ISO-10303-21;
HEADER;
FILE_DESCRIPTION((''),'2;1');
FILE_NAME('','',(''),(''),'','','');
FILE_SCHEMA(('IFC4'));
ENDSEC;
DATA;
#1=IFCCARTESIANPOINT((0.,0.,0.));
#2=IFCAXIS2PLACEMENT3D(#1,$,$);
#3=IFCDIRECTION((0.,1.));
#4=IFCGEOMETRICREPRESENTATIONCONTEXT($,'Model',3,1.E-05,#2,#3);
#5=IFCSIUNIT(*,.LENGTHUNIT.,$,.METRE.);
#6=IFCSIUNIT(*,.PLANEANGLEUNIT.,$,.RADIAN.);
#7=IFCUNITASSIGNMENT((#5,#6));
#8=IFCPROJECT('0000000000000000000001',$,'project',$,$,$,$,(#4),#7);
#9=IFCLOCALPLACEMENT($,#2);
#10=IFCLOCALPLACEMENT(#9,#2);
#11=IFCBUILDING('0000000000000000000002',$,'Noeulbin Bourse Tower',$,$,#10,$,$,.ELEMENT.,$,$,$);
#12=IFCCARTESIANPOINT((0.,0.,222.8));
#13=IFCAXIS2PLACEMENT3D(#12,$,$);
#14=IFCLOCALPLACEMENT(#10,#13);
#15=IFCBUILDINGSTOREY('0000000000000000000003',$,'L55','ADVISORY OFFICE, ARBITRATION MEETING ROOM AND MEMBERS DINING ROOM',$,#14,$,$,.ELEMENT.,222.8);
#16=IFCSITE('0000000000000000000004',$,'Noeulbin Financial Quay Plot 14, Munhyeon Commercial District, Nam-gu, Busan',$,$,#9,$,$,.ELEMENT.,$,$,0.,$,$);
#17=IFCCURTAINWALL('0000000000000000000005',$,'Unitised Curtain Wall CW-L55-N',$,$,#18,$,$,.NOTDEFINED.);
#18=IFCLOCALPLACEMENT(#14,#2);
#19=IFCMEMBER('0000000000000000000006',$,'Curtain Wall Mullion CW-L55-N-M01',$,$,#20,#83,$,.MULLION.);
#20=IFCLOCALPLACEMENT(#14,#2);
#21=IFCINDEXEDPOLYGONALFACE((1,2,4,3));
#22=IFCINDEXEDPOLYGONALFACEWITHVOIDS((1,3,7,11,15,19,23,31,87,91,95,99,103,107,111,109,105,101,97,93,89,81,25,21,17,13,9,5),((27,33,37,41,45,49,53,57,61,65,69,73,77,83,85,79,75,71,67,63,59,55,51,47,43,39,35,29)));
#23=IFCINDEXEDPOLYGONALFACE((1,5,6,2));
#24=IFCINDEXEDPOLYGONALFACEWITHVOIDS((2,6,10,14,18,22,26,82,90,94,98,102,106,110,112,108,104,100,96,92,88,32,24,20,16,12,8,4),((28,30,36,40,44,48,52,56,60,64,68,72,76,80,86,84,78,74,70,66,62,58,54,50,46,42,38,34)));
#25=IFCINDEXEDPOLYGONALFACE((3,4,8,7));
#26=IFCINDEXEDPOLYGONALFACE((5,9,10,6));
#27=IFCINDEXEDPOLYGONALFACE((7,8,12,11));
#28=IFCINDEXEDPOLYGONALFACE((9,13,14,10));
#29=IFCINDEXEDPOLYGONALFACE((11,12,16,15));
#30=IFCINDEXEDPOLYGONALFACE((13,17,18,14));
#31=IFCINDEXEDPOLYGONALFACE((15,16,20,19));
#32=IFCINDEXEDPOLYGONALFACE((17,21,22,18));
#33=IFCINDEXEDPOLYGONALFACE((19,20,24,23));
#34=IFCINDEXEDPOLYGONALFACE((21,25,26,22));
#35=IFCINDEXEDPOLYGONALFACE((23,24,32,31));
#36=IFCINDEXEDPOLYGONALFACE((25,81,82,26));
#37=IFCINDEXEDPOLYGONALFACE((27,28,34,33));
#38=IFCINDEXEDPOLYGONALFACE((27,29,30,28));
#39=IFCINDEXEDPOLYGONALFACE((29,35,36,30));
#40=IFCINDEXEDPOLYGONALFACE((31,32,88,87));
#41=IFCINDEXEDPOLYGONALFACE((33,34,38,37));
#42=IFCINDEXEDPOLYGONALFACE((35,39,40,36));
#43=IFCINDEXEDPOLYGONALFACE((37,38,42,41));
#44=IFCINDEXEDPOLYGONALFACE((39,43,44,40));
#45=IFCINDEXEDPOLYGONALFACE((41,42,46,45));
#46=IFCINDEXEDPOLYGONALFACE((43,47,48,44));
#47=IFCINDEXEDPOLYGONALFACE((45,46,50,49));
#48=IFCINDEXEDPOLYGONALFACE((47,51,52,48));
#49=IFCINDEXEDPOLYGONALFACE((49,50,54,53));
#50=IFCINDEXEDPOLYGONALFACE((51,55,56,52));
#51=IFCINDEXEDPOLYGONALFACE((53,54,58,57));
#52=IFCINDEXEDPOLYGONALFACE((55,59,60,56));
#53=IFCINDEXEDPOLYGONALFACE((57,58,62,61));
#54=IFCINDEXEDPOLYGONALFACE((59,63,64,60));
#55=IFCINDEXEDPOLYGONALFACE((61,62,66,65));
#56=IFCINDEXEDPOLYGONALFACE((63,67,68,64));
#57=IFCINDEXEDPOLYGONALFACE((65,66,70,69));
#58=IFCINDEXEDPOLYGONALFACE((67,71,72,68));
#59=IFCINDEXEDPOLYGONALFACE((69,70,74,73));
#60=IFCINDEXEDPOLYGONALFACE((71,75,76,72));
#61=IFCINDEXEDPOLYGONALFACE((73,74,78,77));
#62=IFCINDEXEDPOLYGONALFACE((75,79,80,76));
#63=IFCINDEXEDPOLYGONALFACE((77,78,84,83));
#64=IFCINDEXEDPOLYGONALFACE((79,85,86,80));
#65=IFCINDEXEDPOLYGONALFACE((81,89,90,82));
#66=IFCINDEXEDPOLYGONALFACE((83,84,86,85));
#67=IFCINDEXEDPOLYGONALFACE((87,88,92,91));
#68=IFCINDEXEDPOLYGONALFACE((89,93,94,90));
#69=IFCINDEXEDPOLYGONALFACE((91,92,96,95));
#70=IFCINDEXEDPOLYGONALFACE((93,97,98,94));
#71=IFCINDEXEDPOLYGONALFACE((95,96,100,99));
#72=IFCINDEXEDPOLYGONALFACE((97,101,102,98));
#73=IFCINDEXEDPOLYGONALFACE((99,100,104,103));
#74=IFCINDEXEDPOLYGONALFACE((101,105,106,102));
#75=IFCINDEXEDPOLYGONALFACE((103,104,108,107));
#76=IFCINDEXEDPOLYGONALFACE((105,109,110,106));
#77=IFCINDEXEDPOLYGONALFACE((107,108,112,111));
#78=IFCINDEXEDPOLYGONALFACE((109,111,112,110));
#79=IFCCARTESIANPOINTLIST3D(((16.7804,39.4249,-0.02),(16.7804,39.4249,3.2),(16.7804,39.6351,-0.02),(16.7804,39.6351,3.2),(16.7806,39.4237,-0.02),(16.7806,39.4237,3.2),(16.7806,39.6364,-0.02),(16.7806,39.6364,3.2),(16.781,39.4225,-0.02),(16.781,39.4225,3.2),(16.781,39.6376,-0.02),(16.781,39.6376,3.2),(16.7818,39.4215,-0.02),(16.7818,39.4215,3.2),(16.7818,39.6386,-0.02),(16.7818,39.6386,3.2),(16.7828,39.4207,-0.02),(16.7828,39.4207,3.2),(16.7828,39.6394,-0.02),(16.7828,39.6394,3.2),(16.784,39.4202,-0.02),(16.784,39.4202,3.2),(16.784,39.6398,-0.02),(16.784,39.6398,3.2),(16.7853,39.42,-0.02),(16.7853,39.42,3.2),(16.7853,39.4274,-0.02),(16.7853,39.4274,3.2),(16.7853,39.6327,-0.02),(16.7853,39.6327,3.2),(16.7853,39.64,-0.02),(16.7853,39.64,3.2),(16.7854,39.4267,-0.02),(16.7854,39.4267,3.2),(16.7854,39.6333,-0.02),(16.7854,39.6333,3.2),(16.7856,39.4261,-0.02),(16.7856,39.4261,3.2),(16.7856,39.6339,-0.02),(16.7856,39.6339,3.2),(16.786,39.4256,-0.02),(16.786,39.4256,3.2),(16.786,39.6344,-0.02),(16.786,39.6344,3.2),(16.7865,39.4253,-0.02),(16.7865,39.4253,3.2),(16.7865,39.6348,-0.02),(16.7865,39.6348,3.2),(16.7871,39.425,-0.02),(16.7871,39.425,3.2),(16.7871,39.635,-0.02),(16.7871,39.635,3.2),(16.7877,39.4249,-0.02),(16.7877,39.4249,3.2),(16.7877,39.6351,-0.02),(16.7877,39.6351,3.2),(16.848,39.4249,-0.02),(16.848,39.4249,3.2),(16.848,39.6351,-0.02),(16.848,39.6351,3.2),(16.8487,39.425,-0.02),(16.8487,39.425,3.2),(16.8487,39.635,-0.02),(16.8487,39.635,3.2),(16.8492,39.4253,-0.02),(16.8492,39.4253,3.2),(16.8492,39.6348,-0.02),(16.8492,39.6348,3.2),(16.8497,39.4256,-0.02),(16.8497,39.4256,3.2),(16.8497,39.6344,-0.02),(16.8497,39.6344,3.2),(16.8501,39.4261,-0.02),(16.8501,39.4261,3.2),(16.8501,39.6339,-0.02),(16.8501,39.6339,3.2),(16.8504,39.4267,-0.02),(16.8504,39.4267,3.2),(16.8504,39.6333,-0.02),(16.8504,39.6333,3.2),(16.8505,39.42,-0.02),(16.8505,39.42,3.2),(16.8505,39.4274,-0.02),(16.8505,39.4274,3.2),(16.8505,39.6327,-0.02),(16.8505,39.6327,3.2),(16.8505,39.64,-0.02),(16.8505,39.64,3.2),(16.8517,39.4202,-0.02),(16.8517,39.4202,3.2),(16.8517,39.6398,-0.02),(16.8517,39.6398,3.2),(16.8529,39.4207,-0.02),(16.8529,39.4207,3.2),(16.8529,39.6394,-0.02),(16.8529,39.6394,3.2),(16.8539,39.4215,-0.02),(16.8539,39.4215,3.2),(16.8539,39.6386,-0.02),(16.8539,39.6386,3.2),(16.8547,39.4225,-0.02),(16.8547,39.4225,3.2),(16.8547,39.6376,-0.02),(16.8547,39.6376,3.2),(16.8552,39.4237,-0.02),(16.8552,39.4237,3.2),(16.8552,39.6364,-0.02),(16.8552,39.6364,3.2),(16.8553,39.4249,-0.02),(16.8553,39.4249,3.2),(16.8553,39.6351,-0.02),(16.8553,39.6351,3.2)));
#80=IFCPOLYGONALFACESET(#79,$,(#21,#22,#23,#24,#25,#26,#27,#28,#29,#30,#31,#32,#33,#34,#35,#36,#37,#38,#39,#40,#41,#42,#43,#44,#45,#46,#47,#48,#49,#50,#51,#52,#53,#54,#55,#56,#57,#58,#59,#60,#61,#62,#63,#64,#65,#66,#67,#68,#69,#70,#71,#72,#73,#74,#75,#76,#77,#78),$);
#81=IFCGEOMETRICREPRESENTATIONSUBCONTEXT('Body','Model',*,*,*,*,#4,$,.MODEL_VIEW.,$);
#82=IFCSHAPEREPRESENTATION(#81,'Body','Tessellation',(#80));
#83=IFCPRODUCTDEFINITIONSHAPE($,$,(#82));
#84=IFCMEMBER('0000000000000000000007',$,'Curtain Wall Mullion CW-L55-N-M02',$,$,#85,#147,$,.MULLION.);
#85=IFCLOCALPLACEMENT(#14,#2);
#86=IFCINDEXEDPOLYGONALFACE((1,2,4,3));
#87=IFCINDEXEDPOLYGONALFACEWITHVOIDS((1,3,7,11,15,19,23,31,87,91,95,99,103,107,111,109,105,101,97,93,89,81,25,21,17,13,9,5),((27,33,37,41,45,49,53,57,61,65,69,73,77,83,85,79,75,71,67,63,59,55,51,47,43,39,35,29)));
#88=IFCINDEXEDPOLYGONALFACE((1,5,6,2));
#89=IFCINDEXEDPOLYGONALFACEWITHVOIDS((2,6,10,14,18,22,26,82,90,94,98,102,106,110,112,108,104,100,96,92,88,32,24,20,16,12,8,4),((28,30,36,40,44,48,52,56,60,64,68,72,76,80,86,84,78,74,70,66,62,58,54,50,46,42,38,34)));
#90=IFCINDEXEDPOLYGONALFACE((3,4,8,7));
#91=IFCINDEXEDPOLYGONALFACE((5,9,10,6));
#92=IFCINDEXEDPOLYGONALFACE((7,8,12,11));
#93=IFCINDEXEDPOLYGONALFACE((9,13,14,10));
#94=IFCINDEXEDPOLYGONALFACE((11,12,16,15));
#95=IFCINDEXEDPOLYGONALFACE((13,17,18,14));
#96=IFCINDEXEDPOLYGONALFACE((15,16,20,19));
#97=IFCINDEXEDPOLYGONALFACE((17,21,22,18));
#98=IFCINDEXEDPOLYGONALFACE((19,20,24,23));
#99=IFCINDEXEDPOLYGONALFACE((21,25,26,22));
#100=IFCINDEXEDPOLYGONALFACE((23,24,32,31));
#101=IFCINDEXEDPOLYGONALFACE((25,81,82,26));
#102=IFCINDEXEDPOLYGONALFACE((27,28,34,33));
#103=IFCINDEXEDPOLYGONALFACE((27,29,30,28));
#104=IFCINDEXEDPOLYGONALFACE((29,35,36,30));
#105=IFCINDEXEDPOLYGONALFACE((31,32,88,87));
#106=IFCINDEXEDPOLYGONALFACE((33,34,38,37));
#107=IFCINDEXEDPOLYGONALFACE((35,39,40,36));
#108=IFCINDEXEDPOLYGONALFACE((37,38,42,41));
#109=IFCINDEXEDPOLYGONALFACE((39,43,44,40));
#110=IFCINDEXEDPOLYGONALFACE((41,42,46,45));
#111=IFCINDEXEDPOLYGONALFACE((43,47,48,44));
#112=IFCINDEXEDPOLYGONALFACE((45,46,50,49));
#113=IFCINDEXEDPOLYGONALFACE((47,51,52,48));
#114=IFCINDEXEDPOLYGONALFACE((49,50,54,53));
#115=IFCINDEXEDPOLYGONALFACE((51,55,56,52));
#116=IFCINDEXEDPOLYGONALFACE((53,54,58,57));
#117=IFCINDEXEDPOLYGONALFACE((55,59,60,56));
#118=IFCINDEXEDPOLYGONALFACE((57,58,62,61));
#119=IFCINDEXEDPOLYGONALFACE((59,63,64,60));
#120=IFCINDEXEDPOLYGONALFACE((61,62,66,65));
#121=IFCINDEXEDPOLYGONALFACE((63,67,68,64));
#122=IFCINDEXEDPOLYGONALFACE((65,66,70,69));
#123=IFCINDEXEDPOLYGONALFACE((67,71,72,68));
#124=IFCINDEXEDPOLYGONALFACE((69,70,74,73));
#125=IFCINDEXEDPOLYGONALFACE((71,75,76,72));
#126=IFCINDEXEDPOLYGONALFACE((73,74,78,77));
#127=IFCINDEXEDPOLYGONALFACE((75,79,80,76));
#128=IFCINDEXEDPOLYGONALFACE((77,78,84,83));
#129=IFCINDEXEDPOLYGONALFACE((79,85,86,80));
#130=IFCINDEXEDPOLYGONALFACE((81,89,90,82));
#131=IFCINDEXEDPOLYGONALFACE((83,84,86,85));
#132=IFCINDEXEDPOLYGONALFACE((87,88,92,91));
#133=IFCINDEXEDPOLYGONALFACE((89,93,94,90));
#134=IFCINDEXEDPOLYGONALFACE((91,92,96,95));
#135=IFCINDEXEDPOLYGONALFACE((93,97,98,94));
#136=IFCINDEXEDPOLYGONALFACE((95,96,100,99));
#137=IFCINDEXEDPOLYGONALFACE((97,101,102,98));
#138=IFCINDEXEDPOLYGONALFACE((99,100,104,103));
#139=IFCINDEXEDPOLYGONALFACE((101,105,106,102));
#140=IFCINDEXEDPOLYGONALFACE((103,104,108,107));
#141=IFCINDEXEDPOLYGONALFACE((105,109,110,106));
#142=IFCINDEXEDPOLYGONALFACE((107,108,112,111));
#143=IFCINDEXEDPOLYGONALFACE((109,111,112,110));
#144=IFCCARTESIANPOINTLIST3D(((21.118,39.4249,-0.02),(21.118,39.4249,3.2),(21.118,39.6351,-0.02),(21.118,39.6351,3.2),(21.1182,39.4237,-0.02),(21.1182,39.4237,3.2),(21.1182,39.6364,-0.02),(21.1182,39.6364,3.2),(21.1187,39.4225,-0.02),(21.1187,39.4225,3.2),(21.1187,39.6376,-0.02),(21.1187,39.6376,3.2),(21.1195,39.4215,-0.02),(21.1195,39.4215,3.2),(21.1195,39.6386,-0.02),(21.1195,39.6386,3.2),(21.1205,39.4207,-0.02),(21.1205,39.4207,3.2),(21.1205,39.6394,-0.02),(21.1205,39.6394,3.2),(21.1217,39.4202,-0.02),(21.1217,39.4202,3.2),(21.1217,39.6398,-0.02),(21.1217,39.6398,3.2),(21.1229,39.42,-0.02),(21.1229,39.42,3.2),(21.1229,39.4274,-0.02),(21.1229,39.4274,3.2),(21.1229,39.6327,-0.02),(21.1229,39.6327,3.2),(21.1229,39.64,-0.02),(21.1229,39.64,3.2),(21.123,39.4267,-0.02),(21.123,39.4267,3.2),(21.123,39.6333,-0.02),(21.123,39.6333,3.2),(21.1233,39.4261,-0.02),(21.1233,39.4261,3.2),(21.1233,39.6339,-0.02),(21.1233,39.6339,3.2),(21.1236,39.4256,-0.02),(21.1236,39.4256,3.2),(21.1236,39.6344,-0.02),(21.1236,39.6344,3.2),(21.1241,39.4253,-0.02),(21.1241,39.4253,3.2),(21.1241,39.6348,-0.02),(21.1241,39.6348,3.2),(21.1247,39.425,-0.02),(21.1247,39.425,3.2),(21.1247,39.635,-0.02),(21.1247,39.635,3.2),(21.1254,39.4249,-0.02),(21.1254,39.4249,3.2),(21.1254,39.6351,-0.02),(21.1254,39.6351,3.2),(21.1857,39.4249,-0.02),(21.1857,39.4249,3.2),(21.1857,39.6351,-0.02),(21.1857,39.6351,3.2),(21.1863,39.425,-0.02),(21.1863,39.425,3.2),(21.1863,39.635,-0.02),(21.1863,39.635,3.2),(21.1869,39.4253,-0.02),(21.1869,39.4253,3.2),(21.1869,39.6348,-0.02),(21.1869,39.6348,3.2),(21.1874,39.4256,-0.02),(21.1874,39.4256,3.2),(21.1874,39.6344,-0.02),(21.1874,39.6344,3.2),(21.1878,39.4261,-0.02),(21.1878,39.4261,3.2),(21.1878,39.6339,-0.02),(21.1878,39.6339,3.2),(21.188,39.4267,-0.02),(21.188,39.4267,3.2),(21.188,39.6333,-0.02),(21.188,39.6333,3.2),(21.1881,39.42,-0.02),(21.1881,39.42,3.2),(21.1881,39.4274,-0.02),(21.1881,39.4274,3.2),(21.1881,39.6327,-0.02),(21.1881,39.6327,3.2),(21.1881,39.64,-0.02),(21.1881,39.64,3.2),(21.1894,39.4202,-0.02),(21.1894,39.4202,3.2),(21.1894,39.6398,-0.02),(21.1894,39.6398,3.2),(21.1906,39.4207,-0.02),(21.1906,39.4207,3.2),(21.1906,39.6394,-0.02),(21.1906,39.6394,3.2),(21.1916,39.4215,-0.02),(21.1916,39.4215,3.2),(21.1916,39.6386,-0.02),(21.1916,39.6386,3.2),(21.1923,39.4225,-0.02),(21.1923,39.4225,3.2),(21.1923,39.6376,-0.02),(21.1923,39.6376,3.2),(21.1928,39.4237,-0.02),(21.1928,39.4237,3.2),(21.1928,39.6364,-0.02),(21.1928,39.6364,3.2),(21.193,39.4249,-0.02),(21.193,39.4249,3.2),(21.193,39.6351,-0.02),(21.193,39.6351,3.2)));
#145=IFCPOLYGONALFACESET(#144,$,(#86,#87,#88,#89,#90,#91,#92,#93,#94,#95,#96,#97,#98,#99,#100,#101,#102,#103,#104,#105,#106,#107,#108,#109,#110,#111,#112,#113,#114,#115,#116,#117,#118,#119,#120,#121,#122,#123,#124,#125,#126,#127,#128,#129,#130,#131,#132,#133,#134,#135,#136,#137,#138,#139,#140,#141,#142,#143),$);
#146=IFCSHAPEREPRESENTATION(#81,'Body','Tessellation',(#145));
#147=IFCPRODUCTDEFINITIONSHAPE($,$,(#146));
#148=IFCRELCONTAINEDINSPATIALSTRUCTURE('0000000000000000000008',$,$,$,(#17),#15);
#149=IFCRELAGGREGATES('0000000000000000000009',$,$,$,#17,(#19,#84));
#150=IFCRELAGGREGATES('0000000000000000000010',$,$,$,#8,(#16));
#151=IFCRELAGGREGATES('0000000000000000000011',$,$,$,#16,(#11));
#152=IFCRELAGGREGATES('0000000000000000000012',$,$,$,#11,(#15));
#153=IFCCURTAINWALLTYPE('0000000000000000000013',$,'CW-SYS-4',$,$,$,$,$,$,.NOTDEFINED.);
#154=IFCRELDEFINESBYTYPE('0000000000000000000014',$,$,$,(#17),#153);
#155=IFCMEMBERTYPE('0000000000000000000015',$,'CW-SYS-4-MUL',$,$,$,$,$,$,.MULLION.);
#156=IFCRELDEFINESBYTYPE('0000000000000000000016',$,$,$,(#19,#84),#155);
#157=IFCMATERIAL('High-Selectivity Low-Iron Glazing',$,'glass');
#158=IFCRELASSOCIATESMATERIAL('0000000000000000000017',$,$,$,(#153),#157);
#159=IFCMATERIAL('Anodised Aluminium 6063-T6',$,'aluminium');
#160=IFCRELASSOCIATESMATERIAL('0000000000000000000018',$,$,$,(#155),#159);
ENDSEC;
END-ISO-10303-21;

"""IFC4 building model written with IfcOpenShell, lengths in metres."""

from ifc_helpers import new_model, si_unit, direction, frame, origin, origin_2d, place, context, subcontext, project, spatial, hollow_rectangle, extrude, material, material_profile, profile_set, type_object, element, aggregate, save


model = new_model("IFC4")

# Units and contexts
model_context = context("Model", 3, precision=1e-05, world=origin(), true_north=direction((0.0, 1.0)))
body_context = subcontext(model_context, "Body", "Model", "MODEL_VIEW")
ifc_project = project(units=[si_unit("LENGTHUNIT", "METRE"), si_unit("PLANEANGLEUNIT", "RADIAN")], contexts=[model_context])

# Site, building, storey
site_placement = place(None, origin())
site = spatial("IfcSite", under=ifc_project, at=site_placement, Name="Noeulbin Financial Quay Plot 14, Munhyeon Commercial District, Nam-gu, Busan", CompositionType="ELEMENT", RefElevation=0.0)
building_placement = place(site_placement, origin())
building = spatial("IfcBuilding", under=site, at=building_placement, Name="Noeulbin Bourse Tower", CompositionType="ELEMENT")
storey_placement = place(building_placement, frame((0.0, 0.0, 222.8)))
storey = spatial("IfcBuildingStorey", under=building, at=storey_placement, Name="L55", Description="ADVISORY OFFICE, ARBITRATION MEETING ROOM AND MEMBERS DINING ROOM", CompositionType="ELEMENT", Elevation=222.8)

# Curtain wall, members
ifc_material_1 = material(Name="High-Selectivity Low-Iron Glazing", Category="glass")
curtain_wall_type = type_object("IfcCurtainWallType", Name="CW-SYS-4", PredefinedType="NOTDEFINED", material=ifc_material_1)
curtain_wall_placement = place(storey_placement, origin())
curtain_wall = element("IfcCurtainWall", 1, at=curtain_wall_placement, inside=storey, type_object=curtain_wall_type, Name="Unitised Curtain Wall CW-L55-N", PredefinedType="NOTDEFINED")
ifc_material_2 = material(Name="Anodised Aluminium 6063-T6", Category="aluminium")
ifc_material_profile_1 = material_profile(ifc_material_2, hollow_rectangle(XDim=0.075, YDim=0.22, WallThickness=0.0049, InnerFilletRadius=0.0024, OuterFilletRadius=0.0049, at=origin_2d()), Name="ALU-MULL-75x220x5", Category="LoadBearing")
ifc_profile_set_1 = profile_set([ifc_material_profile_1], Name="Anodised Aluminium 6063-T6")
member_type = type_object("IfcMemberType", Name="CW-SYS-4-MUL", PredefinedType="MULLION", material=ifc_profile_set_1)
member_1_placement = place(storey_placement, frame((16.8179, 39.53, -0.02), z_axis=(0.0, 0.0, 1.0), x_axis=(1.0, 0.0, 0.0)))
member_1 = element("IfcMember", 2, at=member_1_placement, type_object=member_type, Name="Curtain Wall Mullion CW-L55-N-M01", PredefinedType="MULLION", context=body_context, shape_type="SweptSolid", body=[
    extrude(hollow_rectangle(XDim=0.075, YDim=0.22, WallThickness=0.0049, InnerFilletRadius=0.0024, OuterFilletRadius=0.0049, at=origin_2d()), origin(), (0.0, 0.0, 1.0), 3.22),
])
member_2_placement = place(storey_placement, frame((21.1555, 39.53, -0.02), z_axis=(0.0, 0.0, 1.0), x_axis=(1.0, 0.0, 0.0)))
member_2 = element("IfcMember", 3, at=member_2_placement, type_object=member_type, Name="Curtain Wall Mullion CW-L55-N-M02", PredefinedType="MULLION", context=body_context, shape_type="SweptSolid", body=[
    extrude(hollow_rectangle(XDim=0.075, YDim=0.22, WallThickness=0.0049, InnerFilletRadius=0.0024, OuterFilletRadius=0.0049, at=origin_2d()), origin(), (0.0, 0.0, 1.0), 3.22),
])
aggregate(curtain_wall, [member_1, member_2])

save(model, "model.ifc")
